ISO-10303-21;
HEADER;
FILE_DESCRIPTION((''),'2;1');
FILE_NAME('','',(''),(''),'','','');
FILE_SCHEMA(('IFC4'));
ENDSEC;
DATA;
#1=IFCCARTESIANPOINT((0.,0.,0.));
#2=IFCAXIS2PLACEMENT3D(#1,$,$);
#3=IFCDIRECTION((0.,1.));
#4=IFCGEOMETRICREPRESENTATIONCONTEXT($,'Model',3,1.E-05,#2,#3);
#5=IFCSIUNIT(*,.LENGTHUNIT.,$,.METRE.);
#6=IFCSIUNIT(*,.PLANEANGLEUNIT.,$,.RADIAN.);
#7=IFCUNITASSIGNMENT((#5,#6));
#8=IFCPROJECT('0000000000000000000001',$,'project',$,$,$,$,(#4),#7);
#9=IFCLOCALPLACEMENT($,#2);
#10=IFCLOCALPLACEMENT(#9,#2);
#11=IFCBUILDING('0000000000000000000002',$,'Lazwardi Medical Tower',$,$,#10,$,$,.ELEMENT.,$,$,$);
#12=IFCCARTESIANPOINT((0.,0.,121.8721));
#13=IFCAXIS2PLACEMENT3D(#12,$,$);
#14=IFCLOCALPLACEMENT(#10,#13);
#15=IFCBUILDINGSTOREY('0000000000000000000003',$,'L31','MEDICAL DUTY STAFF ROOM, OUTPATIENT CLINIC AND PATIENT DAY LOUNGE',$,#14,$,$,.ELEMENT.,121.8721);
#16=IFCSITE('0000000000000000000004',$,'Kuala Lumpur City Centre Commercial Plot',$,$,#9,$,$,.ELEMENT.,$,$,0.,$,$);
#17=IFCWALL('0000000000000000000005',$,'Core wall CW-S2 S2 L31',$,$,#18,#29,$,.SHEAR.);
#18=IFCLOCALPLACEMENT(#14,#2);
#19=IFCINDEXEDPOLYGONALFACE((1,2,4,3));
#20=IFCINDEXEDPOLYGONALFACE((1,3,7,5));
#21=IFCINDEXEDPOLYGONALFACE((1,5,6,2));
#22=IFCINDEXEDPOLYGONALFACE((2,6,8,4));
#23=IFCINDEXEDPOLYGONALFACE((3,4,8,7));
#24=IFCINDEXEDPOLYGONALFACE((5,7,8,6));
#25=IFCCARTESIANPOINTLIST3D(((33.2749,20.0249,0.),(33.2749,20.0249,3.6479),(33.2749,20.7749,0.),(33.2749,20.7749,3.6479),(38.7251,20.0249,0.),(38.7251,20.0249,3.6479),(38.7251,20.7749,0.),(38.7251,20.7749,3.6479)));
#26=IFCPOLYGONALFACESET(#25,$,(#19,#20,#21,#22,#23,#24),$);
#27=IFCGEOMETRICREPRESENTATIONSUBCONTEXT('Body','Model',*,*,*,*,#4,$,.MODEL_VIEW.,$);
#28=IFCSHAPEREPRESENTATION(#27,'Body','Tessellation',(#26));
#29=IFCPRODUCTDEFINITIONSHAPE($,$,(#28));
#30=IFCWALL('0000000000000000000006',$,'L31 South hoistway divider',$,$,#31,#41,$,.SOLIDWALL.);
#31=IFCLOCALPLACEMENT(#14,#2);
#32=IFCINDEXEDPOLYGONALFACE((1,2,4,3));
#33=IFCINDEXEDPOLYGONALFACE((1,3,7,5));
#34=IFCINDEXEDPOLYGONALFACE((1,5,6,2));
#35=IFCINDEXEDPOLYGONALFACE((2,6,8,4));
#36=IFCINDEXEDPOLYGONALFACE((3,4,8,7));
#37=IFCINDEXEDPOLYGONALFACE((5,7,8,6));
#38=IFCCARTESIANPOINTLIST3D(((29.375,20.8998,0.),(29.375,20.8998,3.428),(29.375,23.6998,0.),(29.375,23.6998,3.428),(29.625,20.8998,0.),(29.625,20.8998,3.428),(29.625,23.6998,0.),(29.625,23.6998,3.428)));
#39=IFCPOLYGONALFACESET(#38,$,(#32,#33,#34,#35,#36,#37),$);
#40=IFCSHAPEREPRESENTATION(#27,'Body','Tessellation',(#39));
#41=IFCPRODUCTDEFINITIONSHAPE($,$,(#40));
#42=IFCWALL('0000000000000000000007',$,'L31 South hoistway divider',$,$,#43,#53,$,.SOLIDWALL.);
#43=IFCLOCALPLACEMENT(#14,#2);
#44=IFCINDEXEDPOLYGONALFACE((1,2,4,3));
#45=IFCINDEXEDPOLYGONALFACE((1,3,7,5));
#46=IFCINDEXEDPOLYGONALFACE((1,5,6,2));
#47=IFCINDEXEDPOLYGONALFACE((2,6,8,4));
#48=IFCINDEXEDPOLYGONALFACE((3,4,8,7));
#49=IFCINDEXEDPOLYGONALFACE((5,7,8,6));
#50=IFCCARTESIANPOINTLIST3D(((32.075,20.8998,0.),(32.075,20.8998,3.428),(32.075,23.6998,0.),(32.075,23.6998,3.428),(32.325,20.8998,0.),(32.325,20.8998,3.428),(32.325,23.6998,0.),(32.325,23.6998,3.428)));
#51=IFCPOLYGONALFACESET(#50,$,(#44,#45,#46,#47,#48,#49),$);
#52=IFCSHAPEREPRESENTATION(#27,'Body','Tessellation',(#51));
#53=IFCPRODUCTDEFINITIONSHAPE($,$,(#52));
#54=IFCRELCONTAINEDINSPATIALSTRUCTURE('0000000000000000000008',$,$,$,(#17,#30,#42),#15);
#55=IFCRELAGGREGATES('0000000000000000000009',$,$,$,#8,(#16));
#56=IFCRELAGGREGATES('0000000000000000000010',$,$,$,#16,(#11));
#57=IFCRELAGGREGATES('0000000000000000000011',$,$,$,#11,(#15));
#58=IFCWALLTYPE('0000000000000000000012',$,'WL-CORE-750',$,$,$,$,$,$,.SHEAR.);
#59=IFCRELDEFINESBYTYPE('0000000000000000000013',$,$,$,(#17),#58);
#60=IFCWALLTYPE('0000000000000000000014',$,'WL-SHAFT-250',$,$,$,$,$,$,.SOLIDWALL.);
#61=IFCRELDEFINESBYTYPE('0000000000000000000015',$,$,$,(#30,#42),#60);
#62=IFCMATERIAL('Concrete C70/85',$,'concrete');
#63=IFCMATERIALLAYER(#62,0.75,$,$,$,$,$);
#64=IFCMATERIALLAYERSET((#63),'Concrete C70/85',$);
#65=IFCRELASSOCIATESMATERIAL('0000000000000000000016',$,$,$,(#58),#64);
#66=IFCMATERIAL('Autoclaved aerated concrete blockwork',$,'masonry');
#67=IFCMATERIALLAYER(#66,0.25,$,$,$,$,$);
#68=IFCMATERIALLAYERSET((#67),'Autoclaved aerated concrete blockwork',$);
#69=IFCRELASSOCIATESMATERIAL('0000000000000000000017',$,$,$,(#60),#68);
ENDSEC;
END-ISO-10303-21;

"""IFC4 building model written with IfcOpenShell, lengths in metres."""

from ifc_helpers import new_model, si_unit, direction, frame, frame_2d, origin, place, context, subcontext, project, spatial, rectangle, extrude, material, layer, layer_set, type_object, element, save


model = new_model("IFC4")

# Units and contexts
model_context = context("Model", 3, precision=1e-05, world=origin(), true_north=direction((0.0, 1.0)))
body_context = subcontext(model_context, "Body", "Model", "MODEL_VIEW")
ifc_project = project(units=[si_unit("LENGTHUNIT", "METRE"), si_unit("PLANEANGLEUNIT", "RADIAN")], contexts=[model_context])

# Site, building, storey
site_placement = place(None, origin())
site = spatial("IfcSite", under=ifc_project, at=site_placement, Name="Kuala Lumpur City Centre Commercial Plot", CompositionType="ELEMENT", RefElevation=0.0)
building_placement = place(site_placement, origin())
building = spatial("IfcBuilding", under=site, at=building_placement, Name="Lazwardi Medical Tower", CompositionType="ELEMENT")
storey_placement = place(building_placement, frame((0.0, 0.0, 121.8721)))
storey = spatial("IfcBuildingStorey", under=building, at=storey_placement, Name="L31", Description="MEDICAL DUTY STAFF ROOM, OUTPATIENT CLINIC AND PATIENT DAY LOUNGE", CompositionType="ELEMENT", Elevation=121.8721)

# Shared definitions
ifc_material_1 = material(Name="Concrete C70/85", Category="concrete")

# Shared definitions
ifc_layer_1 = layer(ifc_material_1, 0.75)
ifc_layer_set_1 = layer_set([ifc_layer_1], Name="Concrete C70/85")
wall_type_1 = type_object("IfcWallType", Name="WL-CORE-750", PredefinedType="SHEAR", material=ifc_layer_set_1)

# Walls
wall_1_placement = place(storey_placement, frame((33.2749, 20.3999, 0.0), z_axis=(0.0, 0.0, 1.0), x_axis=(1.0, 0.0, 0.0)))
element("IfcWall", 1, at=wall_1_placement, inside=storey, type_object=wall_type_1, Name="Core wall CW-S2 S2 L31", PredefinedType="SHEAR", context=body_context, shape_type="SweptSolid", body=[
    extrude(rectangle(XDim=5.4502, YDim=0.75, at=frame_2d((2.7251, 0.0))), origin(), (0.0, 0.0, 1.0), 3.6479),
])
ifc_material_2 = material(Name="Autoclaved aerated concrete blockwork", Category="masonry")
ifc_layer_2 = layer(ifc_material_2, 0.25)
ifc_layer_set_2 = layer_set([ifc_layer_2], Name="Autoclaved aerated concrete blockwork")
wall_type_2 = type_object("IfcWallType", Name="WL-SHAFT-250", PredefinedType="SOLIDWALL", material=ifc_layer_set_2)
for number, where, z_axis, x_axis, name in (
    (2, (29.5, 20.8999, 0.0), (0.0, 0.0, 1.0), (0.0, 1.0, 0.0), "L31 South hoistway divider"),
    (3, (32.2, 20.8999, 0.0), (0.0, 0.0, 1.0), (0.0, 1.0, 0.0), "L31 South hoistway divider"),
):
    element("IfcWall", number, at=place(storey_placement, frame(where, z_axis=z_axis, x_axis=x_axis)), inside=storey, type_object=wall_type_2, Name=name, PredefinedType="SOLIDWALL", context=body_context, shape_type="SweptSolid", body=[
        extrude(rectangle(XDim=2.8, YDim=0.25, at=frame_2d((1.3999, 0.0))), origin(), (0.0, 0.0, 1.0), 3.428),
    ])

save(model, "model.ifc")
